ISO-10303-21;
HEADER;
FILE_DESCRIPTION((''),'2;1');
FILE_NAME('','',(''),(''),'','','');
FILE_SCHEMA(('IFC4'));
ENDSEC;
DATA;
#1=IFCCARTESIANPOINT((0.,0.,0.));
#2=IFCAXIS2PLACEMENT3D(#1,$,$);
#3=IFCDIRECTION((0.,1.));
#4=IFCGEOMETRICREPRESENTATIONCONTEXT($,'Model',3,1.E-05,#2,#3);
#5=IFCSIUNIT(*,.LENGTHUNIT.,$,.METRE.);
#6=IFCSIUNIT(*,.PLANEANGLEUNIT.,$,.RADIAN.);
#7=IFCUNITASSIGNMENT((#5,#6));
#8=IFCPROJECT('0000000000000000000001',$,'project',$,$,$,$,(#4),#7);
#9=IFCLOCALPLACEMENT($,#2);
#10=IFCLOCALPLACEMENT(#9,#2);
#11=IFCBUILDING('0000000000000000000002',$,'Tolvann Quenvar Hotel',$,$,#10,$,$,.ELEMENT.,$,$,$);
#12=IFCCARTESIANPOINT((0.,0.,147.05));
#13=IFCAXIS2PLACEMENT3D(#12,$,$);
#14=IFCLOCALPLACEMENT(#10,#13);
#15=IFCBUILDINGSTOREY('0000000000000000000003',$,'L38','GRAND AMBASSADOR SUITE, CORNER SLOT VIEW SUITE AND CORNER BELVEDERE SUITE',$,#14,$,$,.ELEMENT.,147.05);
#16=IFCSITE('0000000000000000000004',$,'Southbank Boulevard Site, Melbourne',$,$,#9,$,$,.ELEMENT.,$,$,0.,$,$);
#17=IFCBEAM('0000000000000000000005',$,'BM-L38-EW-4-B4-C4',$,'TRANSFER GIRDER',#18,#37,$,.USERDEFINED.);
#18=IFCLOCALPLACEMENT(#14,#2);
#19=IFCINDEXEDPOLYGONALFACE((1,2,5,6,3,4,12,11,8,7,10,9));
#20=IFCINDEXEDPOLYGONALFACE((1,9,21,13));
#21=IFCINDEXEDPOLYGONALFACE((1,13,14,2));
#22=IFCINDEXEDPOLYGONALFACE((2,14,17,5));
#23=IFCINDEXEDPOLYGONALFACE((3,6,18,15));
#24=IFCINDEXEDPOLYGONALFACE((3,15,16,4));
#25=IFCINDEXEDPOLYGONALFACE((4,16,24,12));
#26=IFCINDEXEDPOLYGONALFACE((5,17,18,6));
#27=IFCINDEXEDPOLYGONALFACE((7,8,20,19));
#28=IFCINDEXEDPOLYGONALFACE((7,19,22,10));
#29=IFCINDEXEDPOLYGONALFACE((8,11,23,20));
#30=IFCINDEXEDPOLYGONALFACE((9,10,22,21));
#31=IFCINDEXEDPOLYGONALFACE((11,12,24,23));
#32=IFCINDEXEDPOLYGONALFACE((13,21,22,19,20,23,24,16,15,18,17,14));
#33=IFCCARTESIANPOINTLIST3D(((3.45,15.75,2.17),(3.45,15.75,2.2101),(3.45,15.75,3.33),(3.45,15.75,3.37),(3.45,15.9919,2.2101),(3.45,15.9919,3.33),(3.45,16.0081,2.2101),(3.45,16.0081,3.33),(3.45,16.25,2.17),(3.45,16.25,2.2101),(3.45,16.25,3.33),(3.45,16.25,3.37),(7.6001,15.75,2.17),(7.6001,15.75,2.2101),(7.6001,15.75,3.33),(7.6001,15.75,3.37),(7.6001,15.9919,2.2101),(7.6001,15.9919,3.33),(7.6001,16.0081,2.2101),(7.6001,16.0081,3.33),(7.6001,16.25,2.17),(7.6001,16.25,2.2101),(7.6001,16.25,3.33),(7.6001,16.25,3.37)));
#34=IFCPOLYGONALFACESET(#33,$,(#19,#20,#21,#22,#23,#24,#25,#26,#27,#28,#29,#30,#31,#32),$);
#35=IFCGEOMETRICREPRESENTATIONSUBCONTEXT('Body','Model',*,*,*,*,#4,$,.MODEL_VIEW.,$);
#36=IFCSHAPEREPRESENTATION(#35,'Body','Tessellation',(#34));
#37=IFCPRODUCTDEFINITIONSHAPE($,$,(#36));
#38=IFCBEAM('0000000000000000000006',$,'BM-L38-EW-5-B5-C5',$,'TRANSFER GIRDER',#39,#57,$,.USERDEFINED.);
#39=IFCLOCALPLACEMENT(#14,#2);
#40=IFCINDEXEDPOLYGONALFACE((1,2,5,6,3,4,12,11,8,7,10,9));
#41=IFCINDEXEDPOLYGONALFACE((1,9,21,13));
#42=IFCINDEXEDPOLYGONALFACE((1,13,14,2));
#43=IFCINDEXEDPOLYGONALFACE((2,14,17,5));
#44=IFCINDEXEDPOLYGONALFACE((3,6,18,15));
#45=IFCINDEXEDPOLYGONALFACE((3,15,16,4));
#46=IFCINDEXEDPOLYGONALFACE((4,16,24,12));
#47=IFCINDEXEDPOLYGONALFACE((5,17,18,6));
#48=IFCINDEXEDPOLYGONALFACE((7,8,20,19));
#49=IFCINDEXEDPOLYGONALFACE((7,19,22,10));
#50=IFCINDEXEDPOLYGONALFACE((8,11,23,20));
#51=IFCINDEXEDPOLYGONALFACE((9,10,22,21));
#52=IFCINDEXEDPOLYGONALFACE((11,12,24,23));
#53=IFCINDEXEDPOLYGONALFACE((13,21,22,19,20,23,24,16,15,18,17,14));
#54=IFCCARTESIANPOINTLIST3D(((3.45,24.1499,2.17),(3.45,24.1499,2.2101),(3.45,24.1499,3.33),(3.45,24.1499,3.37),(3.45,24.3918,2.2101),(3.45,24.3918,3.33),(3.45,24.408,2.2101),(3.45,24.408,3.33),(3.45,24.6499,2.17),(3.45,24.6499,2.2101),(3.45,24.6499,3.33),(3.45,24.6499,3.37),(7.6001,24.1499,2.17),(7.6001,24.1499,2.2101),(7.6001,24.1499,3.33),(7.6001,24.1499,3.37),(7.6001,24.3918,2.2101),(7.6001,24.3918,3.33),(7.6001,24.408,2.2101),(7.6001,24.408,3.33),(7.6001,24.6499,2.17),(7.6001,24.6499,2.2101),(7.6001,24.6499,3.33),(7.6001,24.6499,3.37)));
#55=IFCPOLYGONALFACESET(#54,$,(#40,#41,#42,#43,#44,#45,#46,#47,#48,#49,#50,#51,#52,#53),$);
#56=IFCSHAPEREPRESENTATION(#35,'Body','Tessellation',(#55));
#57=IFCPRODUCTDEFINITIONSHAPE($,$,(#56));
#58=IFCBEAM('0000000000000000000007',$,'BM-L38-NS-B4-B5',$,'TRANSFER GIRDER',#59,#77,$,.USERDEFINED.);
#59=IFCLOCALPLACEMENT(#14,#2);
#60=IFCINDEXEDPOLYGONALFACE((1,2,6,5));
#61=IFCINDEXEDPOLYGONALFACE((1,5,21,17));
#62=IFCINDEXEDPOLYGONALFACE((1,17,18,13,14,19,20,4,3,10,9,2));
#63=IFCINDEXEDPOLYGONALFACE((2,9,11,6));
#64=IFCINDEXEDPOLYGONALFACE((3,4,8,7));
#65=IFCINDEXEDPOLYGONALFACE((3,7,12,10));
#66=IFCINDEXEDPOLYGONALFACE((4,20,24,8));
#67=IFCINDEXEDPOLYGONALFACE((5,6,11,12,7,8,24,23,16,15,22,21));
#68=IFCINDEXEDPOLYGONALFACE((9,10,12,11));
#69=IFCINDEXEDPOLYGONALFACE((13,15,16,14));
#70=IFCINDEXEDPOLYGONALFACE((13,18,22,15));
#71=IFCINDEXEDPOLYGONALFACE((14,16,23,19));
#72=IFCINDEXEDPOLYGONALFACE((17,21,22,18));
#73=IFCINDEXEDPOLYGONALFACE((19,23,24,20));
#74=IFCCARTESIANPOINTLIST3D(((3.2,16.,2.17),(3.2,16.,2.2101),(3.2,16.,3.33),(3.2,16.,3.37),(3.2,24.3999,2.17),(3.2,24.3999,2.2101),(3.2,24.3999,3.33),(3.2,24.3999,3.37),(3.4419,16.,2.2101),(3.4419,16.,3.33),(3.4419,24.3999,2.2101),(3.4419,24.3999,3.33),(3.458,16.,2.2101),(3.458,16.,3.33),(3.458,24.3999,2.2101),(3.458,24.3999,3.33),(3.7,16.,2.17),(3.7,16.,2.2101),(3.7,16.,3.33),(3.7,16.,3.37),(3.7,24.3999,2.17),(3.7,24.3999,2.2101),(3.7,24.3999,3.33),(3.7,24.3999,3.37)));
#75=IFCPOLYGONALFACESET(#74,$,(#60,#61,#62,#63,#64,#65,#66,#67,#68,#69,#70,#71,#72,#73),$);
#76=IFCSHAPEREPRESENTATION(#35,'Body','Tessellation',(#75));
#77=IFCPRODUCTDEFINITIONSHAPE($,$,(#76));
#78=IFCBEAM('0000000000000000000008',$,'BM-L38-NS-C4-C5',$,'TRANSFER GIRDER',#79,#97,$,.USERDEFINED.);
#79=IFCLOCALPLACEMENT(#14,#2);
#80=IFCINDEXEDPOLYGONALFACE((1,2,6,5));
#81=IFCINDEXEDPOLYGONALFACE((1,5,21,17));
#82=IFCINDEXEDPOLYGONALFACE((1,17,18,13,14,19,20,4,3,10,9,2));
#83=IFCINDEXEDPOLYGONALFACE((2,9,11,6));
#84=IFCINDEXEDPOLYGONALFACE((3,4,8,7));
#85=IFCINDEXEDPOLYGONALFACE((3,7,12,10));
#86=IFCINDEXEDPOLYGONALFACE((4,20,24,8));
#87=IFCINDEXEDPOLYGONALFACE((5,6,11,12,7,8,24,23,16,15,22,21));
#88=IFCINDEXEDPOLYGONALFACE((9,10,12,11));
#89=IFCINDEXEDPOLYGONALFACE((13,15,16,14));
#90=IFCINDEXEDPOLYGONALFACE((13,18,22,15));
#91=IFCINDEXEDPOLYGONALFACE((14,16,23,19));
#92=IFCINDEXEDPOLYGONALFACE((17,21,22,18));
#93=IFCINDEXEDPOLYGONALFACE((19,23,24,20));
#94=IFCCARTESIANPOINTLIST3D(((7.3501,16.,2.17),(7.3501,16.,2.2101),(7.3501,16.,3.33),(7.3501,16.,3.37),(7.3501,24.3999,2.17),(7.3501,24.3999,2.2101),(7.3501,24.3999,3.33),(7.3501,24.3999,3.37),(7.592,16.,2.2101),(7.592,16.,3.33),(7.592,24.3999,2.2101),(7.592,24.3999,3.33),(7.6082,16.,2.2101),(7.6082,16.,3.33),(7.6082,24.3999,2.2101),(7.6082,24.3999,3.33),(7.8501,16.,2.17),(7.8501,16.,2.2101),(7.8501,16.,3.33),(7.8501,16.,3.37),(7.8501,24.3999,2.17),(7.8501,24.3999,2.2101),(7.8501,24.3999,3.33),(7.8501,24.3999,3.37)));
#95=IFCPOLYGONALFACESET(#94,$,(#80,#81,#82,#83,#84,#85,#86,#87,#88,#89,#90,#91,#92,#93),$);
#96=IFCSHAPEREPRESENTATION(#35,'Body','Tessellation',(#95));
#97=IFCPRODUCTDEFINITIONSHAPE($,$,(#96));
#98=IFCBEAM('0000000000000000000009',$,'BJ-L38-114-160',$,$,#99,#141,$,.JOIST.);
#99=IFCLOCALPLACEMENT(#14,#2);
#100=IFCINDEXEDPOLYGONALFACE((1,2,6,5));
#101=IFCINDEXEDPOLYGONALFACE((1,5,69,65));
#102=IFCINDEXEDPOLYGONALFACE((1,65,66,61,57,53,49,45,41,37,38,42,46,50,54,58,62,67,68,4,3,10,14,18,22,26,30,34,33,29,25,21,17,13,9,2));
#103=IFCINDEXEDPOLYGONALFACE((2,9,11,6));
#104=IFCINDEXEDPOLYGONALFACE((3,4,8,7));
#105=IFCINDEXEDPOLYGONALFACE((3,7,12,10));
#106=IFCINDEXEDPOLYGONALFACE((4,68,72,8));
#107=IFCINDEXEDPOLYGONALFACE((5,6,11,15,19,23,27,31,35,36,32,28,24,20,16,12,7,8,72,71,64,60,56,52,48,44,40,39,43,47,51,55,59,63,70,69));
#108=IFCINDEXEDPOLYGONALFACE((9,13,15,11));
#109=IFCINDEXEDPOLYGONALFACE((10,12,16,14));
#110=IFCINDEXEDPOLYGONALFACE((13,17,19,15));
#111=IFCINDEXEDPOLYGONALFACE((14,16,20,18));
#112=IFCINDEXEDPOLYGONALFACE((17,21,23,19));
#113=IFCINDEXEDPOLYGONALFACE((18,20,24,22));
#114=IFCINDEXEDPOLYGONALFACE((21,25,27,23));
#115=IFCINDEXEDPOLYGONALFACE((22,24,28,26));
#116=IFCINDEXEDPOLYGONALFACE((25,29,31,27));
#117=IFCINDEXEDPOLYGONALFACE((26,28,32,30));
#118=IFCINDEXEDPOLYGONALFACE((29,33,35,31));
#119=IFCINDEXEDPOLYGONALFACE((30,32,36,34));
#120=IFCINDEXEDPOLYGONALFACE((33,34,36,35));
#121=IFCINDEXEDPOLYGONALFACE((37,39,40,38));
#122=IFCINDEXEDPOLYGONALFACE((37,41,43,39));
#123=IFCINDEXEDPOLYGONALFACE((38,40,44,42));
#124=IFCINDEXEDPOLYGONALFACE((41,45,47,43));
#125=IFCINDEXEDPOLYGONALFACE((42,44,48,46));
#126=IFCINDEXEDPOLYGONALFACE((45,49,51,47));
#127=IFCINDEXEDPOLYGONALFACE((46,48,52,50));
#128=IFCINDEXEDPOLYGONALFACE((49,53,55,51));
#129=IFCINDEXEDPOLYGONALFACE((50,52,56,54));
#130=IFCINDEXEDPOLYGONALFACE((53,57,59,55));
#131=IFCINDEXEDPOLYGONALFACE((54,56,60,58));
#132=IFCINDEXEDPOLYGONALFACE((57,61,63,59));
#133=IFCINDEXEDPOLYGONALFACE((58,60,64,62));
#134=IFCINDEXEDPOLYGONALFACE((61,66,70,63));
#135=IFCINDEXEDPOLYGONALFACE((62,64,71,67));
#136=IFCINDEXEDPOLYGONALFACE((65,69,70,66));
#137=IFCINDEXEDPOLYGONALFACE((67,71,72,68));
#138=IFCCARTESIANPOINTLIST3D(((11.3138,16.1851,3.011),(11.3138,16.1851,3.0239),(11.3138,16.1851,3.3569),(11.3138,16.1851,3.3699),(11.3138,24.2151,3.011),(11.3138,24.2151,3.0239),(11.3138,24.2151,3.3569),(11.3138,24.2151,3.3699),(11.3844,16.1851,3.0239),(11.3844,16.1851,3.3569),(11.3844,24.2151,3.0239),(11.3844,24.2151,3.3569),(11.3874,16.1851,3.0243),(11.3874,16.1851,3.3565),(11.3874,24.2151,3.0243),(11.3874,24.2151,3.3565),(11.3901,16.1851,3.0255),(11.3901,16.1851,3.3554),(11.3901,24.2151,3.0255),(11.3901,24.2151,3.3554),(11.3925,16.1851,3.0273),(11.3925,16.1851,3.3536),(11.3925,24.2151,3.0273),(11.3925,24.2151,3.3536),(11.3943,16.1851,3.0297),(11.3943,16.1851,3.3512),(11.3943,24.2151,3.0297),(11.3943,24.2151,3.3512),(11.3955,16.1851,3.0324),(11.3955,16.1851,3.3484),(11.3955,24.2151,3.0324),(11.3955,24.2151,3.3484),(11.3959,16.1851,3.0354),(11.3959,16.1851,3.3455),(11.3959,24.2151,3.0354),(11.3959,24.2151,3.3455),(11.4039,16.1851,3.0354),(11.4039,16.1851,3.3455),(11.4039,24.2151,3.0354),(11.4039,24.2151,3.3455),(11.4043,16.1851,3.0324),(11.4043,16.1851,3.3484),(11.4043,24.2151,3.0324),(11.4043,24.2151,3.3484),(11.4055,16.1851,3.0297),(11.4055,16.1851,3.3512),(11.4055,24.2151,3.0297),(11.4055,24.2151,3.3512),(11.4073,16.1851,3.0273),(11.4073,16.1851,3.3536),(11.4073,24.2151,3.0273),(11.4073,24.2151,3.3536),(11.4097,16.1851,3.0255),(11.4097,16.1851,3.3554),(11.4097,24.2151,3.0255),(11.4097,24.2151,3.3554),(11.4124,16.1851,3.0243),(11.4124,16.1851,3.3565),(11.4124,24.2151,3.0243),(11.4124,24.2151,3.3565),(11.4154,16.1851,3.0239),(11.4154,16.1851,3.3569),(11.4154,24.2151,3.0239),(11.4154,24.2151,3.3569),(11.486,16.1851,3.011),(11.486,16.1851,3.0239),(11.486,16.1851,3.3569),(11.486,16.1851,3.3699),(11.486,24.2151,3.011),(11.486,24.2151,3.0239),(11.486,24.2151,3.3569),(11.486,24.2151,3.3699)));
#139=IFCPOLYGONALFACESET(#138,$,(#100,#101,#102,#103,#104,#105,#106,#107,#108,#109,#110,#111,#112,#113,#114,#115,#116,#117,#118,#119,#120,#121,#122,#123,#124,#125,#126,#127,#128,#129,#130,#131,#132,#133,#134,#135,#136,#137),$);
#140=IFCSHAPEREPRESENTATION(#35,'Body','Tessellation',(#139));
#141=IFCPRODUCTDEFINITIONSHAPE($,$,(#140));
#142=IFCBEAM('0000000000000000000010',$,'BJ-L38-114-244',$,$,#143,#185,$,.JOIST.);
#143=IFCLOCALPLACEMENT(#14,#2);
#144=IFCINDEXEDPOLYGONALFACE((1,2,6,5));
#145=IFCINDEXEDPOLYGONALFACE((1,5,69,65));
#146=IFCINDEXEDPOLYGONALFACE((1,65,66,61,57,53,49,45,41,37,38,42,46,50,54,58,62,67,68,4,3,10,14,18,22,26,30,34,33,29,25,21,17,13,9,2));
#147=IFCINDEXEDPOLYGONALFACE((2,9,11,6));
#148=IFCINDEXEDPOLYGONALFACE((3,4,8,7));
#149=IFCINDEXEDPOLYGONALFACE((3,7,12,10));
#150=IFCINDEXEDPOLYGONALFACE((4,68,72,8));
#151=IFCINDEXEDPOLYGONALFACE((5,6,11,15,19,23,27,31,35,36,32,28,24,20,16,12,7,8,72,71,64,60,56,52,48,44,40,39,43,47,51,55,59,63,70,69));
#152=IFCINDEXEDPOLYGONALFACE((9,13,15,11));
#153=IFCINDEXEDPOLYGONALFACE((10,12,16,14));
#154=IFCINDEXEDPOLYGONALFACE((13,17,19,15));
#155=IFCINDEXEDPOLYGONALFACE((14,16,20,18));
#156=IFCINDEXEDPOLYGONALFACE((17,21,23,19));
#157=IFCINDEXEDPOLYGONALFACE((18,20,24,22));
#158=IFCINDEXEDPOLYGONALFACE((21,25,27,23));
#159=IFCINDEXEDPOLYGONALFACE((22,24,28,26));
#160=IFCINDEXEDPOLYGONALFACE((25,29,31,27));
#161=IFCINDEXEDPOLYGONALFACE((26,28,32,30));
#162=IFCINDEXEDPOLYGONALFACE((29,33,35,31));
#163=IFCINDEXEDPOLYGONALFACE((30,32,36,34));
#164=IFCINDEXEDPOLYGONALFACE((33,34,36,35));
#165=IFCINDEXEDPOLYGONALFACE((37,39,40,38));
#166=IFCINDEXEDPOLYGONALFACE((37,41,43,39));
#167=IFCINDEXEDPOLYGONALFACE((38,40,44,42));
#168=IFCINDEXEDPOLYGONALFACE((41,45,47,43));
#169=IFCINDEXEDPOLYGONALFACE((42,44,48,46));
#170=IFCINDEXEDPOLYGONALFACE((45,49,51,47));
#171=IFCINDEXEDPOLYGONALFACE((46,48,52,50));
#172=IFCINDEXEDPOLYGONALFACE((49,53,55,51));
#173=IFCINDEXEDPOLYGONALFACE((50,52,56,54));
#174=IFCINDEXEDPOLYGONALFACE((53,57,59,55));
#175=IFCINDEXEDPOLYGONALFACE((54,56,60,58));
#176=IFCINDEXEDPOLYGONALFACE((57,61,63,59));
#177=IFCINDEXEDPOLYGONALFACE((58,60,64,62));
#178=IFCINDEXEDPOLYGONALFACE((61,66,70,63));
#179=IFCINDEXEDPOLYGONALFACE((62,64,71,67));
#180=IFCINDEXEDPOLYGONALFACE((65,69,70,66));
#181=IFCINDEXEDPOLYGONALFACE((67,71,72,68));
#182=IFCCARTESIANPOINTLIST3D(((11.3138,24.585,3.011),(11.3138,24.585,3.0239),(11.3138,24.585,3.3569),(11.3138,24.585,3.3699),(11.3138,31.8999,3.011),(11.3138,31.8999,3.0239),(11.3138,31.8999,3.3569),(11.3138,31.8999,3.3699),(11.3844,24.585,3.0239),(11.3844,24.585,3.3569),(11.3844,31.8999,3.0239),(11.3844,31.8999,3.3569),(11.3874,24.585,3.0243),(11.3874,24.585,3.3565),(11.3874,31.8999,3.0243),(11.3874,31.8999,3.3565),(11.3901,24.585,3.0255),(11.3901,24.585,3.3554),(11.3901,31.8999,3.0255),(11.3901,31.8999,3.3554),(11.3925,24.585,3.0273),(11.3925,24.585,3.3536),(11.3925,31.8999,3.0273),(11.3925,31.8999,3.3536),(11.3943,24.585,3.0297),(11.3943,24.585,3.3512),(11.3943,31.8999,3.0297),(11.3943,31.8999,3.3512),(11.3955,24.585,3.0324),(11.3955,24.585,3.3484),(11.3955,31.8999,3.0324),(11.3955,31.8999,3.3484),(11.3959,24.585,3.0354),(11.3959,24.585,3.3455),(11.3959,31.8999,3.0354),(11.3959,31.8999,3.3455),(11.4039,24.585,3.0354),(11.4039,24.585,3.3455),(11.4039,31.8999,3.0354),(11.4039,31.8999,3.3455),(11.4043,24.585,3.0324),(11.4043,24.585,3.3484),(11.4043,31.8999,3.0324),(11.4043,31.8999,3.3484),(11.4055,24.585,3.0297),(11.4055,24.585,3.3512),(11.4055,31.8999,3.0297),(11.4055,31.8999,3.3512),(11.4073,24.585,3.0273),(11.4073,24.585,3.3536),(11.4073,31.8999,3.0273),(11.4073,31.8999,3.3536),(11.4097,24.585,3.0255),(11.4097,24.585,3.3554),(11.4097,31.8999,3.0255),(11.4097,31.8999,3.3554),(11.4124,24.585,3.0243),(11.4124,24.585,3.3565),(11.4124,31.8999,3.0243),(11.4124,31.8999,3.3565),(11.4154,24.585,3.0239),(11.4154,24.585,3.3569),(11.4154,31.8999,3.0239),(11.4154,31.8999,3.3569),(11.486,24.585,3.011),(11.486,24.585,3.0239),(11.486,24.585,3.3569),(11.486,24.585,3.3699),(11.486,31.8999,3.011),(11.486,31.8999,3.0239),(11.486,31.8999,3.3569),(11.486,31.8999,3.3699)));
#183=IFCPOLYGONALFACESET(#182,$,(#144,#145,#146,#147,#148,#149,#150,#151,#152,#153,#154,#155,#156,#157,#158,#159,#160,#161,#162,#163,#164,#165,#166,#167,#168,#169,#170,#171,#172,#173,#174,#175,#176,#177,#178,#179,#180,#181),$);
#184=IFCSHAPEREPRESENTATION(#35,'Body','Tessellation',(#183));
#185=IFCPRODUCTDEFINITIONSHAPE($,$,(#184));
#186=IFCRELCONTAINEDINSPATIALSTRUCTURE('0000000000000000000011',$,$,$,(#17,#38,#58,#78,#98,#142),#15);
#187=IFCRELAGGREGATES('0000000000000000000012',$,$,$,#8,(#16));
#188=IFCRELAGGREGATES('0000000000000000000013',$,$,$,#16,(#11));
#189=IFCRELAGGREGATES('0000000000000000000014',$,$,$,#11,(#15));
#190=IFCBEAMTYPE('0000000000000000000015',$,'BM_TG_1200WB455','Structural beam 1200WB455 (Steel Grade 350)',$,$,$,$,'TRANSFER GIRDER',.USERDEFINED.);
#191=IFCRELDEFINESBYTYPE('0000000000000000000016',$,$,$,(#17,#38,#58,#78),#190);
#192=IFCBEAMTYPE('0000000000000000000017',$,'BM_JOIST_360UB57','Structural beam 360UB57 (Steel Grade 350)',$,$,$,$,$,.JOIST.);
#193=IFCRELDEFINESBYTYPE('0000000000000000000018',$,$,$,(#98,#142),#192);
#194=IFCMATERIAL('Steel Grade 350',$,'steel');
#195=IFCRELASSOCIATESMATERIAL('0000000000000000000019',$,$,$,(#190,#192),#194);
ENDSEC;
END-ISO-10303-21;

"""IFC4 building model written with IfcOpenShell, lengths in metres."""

from ifc_helpers import new_model, si_unit, direction, frame, origin, origin_2d, place, context, subcontext, project, spatial, i_section, extrude, source, transform, mapped, material, material_profile, profile_set, type_object, type_shapes, element, save


model = new_model("IFC4")

# Units and contexts
model_context = context("Model", 3, precision=1e-05, world=origin(), true_north=direction((0.0, 1.0)))
body_context = subcontext(model_context, "Body", "Model", "MODEL_VIEW")
ifc_project = project(units=[si_unit("LENGTHUNIT", "METRE"), si_unit("PLANEANGLEUNIT", "RADIAN")], contexts=[model_context])

# Site, building, storey
site_placement = place(None, origin())
site = spatial("IfcSite", under=ifc_project, at=site_placement, Name="Southbank Boulevard Site, Melbourne", CompositionType="ELEMENT", RefElevation=0.0)
building_placement = place(site_placement, origin())
building = spatial("IfcBuilding", under=site, at=building_placement, Name="Tolvann Quenvar Hotel", CompositionType="ELEMENT")
storey_placement = place(building_placement, frame((0.0, 0.0, 147.05)))
storey = spatial("IfcBuildingStorey", under=building, at=storey_placement, Name="L38", Description="GRAND AMBASSADOR SUITE, CORNER SLOT VIEW SUITE AND CORNER BELVEDERE SUITE", CompositionType="ELEMENT", Elevation=147.05)

# Shared definitions
ifc_material_1 = material(Name="Steel Grade 350", Category="steel")

# Beams
ifc_material_profile_1 = material_profile(ifc_material_1, i_section(OverallWidth=0.5, OverallDepth=1.2, WebThickness=0.0161, FlangeThickness=0.04, at=origin_2d()), Name="1200WB455")
ifc_profile_set_1 = profile_set([ifc_material_profile_1], Name="Steel Grade 350")
beam_type_1 = type_object("IfcBeamType", Name="BM_TG_1200WB455", Description="Structural beam 1200WB455 (Steel Grade 350)", ElementType="TRANSFER GIRDER", PredefinedType="USERDEFINED", material=ifc_profile_set_1)
shared_shape_1 = source(origin(), body_context, "Body", "SweptSolid", [
    extrude(i_section(OverallWidth=0.5, OverallDepth=1.2, WebThickness=0.0161, FlangeThickness=0.04, at=origin_2d()), origin(), (0.0, 0.0, 1.0), 4.1501),
])
for number, where, z_axis, x_axis, name in (
    (1, (3.45, 16.0, 2.77), (1.0, 0.0, 0.0), (0.0, 1.0, 0.0), "BM-L38-EW-4-B4-C4"),
    (2, (3.45, 24.3999, 2.77), (1.0, 0.0, 0.0), (0.0, 1.0, 0.0), "BM-L38-EW-5-B5-C5"),
):
    element("IfcBeam", number, at=place(storey_placement, frame(where, z_axis=z_axis, x_axis=x_axis)), inside=storey, type_object=beam_type_1, Name=name, ObjectType="TRANSFER GIRDER", PredefinedType="USERDEFINED", context=body_context, shape_type="MappedRepresentation", body=[
        mapped(shared_shape_1, transform((0.0, 0.0, 0.0), x_axis=(1.0, 0.0, 0.0), y_axis=(0.0, 1.0, 0.0), z_axis=(0.0, 0.0, 1.0), scale=1.0)),
    ])
shared_shape_2 = source(origin(), body_context, "Body", "SweptSolid", [
    extrude(i_section(OverallWidth=0.5, OverallDepth=1.2, WebThickness=0.0161, FlangeThickness=0.04, at=origin_2d()), origin(), (0.0, 0.0, 1.0), 8.3999),
])
for number, where, z_axis, x_axis, name in (
    (3, (3.45, 16.0, 2.77), (0.0, 1.0, 0.0), (-1.0, 0.0, 0.0), "BM-L38-NS-B4-B5"),
    (4, (7.6001, 16.0, 2.77), (0.0, 1.0, 0.0), (-1.0, 0.0, 0.0), "BM-L38-NS-C4-C5"),
):
    element("IfcBeam", number, at=place(storey_placement, frame(where, z_axis=z_axis, x_axis=x_axis)), inside=storey, type_object=beam_type_1, Name=name, ObjectType="TRANSFER GIRDER", PredefinedType="USERDEFINED", context=body_context, shape_type="MappedRepresentation", body=[
        mapped(shared_shape_2, transform((0.0, 0.0, 0.0), x_axis=(1.0, 0.0, 0.0), y_axis=(0.0, 1.0, 0.0), z_axis=(0.0, 0.0, 1.0), scale=1.0)),
    ])
ifc_material_profile_2 = material_profile(ifc_material_1, i_section(OverallWidth=0.1721, OverallDepth=0.3589, WebThickness=0.0081, FlangeThickness=0.0129, FilletRadius=0.0115, at=origin_2d()), Name="360UB57")
ifc_profile_set_2 = profile_set([ifc_material_profile_2], Name="Steel Grade 350")
beam_type_2 = type_object("IfcBeamType", Name="BM_JOIST_360UB57", Description="Structural beam 360UB57 (Steel Grade 350)", PredefinedType="JOIST", material=ifc_profile_set_2)
shared_shape_3 = source(origin(), body_context, "Body", "SweptSolid", [
    extrude(i_section(OverallWidth=0.1721, OverallDepth=0.3589, WebThickness=0.0081, FlangeThickness=0.0129, FilletRadius=0.0115, at=origin_2d()), origin(), (0.0, 0.0, 1.0), 8.03),
])
beam_1_placement = place(storey_placement, frame((11.3999, 16.1851, 3.1904), z_axis=(0.0, 1.0, 0.0), x_axis=(-1.0, 0.0, 0.0)))
element("IfcBeam", 5, at=beam_1_placement, inside=storey, type_object=beam_type_2, Name="BJ-L38-114-160", PredefinedType="JOIST", context=body_context, shape_type="MappedRepresentation", body=[
    mapped(shared_shape_3, transform((0.0, 0.0, 0.0), x_axis=(1.0, 0.0, 0.0), y_axis=(0.0, 1.0, 0.0), z_axis=(0.0, 0.0, 1.0), scale=1.0)),
])
shared_shape_4 = source(origin(), body_context, "Body", "SweptSolid", [
    extrude(i_section(OverallWidth=0.1721, OverallDepth=0.3589, WebThickness=0.0081, FlangeThickness=0.0129, FilletRadius=0.0115, at=origin_2d()), origin(), (0.0, 0.0, 1.0), 7.3149),
])
type_shapes(beam_type_2, [shared_shape_3, shared_shape_4])
beam_2_placement = place(storey_placement, frame((11.3999, 24.585, 3.1904), z_axis=(0.0, 1.0, 0.0), x_axis=(-1.0, 0.0, 0.0)))
element("IfcBeam", 6, at=beam_2_placement, inside=storey, type_object=beam_type_2, Name="BJ-L38-114-244", PredefinedType="JOIST", context=body_context, shape_type="MappedRepresentation", body=[
    mapped(shared_shape_4, transform((0.0, 0.0, 0.0), x_axis=(1.0, 0.0, 0.0), y_axis=(0.0, 1.0, 0.0), z_axis=(0.0, 0.0, 1.0), scale=1.0)),
])

save(model, "model.ifc")
